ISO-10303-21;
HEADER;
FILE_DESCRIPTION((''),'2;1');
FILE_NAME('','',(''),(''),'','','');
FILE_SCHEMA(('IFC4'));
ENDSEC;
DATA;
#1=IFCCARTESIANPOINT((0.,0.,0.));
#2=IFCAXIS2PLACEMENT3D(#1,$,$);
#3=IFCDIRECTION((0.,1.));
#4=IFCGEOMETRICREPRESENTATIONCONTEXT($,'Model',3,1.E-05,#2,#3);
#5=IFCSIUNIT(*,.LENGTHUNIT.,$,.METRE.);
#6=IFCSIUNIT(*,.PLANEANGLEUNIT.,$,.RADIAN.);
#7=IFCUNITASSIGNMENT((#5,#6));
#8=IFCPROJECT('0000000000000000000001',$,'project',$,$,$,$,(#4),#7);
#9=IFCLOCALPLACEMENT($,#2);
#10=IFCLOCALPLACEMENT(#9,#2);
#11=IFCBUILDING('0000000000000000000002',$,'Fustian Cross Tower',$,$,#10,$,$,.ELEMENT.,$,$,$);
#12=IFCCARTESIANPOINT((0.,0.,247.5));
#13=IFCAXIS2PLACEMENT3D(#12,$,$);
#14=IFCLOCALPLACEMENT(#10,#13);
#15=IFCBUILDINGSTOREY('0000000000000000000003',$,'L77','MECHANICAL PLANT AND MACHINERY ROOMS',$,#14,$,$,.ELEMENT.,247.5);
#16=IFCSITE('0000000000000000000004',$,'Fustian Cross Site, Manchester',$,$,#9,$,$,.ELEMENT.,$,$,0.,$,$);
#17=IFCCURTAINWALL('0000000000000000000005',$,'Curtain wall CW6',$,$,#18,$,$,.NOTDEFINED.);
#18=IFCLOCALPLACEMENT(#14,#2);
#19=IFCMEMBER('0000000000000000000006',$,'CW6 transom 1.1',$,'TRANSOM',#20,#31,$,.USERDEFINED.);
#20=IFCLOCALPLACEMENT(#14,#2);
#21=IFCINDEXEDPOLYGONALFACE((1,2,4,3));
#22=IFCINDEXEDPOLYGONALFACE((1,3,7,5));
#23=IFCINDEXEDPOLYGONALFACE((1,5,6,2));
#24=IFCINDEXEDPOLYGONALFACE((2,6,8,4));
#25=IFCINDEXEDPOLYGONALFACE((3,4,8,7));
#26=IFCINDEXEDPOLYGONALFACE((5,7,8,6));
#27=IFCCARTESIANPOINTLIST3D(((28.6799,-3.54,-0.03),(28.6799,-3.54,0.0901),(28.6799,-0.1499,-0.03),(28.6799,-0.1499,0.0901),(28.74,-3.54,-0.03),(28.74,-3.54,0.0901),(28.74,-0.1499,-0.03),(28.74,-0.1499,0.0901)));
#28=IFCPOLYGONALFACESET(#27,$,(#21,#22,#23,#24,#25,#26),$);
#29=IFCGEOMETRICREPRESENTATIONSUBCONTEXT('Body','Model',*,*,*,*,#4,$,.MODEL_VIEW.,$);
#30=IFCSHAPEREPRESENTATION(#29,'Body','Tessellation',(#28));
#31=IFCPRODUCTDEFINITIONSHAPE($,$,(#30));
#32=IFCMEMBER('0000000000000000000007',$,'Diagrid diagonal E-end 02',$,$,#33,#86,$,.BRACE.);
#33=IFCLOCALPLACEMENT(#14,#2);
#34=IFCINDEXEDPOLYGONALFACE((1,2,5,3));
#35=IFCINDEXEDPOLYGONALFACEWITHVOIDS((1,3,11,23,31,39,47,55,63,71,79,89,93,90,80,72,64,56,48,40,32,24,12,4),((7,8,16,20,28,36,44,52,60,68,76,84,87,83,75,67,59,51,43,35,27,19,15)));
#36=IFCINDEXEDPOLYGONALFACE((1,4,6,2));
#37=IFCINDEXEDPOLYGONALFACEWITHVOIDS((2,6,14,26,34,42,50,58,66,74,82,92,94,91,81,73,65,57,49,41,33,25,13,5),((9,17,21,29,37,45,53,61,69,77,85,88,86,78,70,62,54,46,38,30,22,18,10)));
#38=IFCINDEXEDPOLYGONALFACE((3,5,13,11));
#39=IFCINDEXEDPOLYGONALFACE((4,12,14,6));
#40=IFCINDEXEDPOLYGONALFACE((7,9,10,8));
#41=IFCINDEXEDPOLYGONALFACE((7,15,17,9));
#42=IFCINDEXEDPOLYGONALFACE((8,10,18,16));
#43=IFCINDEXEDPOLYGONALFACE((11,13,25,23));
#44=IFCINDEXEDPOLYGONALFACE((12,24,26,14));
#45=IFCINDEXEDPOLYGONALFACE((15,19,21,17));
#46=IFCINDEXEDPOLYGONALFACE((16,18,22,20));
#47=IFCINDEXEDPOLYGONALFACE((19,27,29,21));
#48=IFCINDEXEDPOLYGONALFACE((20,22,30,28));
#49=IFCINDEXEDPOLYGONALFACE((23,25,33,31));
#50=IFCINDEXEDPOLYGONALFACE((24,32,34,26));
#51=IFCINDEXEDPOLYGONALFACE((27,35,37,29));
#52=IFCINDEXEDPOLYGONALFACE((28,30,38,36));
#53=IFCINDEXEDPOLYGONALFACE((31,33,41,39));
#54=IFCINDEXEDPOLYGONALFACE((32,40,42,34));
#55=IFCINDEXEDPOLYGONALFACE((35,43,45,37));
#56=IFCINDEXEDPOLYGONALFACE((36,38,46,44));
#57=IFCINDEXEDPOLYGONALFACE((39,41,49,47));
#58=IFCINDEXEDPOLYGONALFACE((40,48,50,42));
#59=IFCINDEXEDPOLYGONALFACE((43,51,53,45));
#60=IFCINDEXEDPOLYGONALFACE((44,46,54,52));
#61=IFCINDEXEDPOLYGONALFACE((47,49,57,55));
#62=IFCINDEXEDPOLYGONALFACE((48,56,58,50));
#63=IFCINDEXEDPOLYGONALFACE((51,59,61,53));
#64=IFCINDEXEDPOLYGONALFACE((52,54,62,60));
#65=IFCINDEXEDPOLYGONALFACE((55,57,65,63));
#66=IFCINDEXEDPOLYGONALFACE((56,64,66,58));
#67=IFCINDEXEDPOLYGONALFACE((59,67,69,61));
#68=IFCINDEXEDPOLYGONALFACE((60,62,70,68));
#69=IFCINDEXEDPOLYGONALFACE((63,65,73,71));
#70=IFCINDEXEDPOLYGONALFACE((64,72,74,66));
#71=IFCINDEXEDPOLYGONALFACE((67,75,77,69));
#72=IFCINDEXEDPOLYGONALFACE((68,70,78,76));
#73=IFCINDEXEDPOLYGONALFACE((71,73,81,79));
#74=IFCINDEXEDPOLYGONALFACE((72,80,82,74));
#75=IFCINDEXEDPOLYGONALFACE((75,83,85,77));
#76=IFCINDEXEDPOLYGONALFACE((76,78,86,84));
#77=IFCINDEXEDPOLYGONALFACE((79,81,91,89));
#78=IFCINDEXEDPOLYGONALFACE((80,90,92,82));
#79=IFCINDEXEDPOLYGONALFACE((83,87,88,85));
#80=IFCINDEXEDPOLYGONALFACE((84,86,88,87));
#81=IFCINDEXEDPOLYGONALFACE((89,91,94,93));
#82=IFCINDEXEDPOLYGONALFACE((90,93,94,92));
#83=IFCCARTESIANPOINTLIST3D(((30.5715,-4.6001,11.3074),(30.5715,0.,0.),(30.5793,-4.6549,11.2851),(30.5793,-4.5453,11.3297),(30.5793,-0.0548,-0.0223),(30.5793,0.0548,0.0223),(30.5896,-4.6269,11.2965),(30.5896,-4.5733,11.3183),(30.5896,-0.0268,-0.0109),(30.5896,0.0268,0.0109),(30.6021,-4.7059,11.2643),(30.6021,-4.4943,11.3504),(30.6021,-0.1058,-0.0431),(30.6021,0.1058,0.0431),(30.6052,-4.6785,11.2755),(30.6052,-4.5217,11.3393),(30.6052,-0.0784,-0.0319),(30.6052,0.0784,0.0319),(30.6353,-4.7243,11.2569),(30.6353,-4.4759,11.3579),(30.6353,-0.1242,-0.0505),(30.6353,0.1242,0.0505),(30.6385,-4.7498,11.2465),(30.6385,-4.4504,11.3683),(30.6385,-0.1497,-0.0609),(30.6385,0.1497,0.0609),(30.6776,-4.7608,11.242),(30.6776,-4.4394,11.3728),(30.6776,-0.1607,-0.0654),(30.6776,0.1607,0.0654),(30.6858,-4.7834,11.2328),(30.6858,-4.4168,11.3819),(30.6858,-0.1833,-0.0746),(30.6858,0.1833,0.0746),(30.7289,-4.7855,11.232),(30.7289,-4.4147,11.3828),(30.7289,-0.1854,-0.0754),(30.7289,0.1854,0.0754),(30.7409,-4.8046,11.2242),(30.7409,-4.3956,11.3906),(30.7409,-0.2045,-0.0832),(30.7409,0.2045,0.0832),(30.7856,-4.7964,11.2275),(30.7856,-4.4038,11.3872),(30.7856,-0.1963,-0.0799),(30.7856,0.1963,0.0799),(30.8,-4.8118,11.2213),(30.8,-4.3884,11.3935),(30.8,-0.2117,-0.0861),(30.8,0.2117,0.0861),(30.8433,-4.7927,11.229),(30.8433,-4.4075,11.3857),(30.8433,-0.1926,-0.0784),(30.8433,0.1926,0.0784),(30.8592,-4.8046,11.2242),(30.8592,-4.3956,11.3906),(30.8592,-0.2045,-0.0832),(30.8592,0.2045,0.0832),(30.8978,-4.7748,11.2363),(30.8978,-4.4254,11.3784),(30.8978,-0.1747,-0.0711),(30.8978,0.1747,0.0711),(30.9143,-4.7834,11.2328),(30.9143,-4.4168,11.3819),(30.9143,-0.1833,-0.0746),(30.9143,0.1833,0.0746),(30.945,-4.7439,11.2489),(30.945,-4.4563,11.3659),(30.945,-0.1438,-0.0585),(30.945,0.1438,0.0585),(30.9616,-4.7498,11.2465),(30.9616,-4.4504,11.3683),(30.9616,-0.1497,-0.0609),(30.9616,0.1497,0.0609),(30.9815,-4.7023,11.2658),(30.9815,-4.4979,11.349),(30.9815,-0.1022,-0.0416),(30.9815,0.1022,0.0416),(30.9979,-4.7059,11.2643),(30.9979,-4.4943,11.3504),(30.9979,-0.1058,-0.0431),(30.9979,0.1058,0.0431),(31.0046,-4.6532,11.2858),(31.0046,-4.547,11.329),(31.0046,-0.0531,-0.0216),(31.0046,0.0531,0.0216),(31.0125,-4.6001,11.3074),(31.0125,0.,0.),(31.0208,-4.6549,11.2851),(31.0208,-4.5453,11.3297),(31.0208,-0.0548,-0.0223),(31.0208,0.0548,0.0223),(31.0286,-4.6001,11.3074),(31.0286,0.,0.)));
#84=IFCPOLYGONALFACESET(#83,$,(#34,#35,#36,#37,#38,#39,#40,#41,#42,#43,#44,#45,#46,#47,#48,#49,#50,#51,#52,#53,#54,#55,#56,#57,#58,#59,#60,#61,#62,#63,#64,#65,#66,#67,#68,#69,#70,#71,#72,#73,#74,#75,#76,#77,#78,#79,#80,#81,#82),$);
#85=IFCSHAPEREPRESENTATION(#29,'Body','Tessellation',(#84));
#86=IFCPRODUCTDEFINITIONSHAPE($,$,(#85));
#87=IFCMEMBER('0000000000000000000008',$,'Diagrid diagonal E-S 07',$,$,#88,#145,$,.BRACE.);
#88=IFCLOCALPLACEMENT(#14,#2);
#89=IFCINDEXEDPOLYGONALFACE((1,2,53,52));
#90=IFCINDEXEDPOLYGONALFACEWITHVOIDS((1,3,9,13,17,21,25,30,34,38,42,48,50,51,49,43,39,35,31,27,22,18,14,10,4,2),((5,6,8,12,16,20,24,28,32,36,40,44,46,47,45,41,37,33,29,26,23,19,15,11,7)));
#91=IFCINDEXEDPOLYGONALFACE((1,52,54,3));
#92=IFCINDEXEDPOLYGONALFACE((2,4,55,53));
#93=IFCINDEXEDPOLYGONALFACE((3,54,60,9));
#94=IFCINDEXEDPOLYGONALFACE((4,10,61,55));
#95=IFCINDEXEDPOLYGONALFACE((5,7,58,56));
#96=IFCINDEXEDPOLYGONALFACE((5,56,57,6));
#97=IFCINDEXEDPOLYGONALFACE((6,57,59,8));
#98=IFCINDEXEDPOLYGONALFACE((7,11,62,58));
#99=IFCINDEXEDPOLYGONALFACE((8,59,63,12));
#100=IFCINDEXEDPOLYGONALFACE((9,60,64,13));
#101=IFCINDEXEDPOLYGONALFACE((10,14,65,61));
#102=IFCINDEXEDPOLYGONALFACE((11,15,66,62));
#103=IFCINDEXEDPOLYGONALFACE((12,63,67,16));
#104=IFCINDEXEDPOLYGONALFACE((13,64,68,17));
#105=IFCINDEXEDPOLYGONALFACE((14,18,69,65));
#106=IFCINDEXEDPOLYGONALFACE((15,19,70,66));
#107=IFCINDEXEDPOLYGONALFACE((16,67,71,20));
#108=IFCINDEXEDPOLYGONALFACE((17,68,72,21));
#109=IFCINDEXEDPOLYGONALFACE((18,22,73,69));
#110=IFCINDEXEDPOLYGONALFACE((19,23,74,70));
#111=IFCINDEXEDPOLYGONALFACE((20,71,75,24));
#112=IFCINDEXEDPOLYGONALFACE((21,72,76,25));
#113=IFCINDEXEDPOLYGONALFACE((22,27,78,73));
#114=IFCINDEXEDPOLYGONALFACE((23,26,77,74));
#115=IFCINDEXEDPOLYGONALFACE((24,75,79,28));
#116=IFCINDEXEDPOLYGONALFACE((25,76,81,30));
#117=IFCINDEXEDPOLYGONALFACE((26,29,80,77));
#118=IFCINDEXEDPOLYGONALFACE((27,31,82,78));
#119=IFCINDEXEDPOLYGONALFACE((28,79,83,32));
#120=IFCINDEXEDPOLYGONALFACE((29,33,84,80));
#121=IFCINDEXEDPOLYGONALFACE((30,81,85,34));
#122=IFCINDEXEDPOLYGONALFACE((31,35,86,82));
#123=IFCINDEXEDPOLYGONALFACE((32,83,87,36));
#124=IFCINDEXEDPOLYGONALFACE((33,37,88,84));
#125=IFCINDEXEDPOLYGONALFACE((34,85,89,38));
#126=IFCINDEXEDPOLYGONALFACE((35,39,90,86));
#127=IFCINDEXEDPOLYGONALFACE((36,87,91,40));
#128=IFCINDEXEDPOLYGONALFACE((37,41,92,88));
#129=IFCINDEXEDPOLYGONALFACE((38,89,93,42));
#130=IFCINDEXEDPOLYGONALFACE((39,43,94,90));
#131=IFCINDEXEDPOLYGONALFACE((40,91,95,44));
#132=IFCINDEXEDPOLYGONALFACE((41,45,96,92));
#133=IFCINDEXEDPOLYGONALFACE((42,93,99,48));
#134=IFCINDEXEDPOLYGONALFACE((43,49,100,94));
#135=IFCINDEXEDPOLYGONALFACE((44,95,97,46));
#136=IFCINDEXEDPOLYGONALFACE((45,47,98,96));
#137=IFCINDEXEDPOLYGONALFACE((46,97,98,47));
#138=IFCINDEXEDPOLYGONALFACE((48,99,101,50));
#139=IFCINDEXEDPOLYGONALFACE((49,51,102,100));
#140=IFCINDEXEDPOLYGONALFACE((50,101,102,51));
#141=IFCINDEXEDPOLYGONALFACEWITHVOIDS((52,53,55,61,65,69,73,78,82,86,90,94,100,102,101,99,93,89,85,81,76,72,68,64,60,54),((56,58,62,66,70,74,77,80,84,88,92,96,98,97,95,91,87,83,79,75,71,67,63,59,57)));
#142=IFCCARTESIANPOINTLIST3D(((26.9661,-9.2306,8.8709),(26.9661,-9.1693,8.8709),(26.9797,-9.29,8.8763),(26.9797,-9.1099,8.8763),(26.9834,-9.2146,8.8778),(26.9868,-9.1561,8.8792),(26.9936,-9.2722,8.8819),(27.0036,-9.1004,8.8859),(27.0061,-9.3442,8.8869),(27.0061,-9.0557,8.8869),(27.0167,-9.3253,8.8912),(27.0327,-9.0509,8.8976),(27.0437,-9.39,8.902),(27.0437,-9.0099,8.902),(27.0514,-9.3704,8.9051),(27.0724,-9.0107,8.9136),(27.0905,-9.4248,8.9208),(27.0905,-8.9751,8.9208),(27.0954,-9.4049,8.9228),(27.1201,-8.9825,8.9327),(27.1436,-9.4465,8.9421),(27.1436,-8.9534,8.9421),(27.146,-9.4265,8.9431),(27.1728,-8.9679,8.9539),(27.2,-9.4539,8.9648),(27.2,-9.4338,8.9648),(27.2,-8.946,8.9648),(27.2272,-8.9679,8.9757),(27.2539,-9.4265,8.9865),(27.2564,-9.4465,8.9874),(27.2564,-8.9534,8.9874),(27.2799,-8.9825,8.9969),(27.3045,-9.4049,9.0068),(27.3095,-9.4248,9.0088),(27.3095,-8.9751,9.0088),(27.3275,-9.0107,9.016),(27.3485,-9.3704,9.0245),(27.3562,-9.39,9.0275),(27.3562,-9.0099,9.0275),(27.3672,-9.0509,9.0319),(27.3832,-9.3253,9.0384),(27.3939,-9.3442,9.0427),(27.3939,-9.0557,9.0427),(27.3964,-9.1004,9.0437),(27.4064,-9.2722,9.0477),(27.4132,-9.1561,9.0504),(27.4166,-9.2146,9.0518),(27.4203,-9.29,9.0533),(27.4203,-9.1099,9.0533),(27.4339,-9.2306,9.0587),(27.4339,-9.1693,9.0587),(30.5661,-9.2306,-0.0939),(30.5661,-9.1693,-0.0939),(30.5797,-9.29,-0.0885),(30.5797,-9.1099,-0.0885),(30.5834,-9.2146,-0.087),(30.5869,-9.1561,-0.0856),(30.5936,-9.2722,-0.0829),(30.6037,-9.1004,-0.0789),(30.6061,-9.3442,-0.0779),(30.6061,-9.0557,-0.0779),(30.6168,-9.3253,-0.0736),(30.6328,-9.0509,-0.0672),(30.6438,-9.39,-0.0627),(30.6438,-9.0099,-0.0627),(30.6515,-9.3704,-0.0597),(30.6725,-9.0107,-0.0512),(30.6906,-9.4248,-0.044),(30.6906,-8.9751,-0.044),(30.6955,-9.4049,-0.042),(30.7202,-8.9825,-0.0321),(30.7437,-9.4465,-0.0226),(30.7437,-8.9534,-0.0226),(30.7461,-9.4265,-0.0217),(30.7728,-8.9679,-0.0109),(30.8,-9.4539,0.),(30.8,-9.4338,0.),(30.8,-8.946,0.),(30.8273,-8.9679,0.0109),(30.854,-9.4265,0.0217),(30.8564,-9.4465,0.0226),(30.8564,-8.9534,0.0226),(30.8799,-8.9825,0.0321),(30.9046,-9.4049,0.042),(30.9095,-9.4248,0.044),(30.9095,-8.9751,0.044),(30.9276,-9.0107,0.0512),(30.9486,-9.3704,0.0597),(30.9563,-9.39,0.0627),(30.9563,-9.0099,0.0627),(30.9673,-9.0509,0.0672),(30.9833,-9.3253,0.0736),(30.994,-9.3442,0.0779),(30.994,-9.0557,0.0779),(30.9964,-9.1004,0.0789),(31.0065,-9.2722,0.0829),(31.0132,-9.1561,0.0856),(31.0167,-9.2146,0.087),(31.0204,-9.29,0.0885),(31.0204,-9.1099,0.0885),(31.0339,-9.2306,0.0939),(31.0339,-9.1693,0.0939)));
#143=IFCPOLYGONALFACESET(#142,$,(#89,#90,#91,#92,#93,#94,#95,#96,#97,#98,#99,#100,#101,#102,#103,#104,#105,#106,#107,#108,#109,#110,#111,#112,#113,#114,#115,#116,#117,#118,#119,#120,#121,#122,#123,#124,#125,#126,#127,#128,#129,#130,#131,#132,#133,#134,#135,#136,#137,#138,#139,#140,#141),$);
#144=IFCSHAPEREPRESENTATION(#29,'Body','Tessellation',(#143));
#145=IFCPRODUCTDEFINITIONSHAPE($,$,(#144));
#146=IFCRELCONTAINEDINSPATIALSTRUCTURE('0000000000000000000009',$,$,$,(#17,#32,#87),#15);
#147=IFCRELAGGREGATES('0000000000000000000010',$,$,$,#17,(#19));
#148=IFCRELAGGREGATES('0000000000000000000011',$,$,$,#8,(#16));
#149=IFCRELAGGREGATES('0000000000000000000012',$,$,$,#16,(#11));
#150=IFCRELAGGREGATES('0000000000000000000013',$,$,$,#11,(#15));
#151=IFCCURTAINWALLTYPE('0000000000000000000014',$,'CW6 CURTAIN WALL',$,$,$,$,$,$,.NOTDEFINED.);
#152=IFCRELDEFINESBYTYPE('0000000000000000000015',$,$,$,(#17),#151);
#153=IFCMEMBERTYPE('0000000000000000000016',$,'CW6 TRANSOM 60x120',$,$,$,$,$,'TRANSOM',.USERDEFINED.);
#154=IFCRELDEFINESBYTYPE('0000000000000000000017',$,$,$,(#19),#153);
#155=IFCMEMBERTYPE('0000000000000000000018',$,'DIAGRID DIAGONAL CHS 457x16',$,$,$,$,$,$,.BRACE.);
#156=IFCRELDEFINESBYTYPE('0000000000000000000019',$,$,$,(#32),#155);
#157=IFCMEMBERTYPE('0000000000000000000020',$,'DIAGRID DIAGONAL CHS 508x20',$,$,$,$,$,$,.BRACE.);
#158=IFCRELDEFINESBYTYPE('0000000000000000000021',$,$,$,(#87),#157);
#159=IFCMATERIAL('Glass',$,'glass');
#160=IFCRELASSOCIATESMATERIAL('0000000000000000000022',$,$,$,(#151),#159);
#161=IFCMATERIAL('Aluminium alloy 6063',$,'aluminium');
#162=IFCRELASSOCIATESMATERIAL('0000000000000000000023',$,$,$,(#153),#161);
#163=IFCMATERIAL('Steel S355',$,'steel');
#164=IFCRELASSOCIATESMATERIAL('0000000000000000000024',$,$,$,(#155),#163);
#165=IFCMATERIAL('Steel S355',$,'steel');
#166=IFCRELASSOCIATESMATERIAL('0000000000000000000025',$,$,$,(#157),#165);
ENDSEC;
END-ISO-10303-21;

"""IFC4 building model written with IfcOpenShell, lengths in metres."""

from ifc_helpers import new_model, si_unit, direction, frame, origin, origin_2d, place, context, subcontext, project, spatial, rectangle, hollow_circle, extrude, material, material_profile, profile_set, type_object, element, aggregate, save


model = new_model("IFC4")

# Units and contexts
model_context = context("Model", 3, precision=1e-05, world=origin(), true_north=direction((0.0, 1.0)))
body_context = subcontext(model_context, "Body", "Model", "MODEL_VIEW")
ifc_project = project(units=[si_unit("LENGTHUNIT", "METRE"), si_unit("PLANEANGLEUNIT", "RADIAN")], contexts=[model_context])

# Site, building, storey
site_placement = place(None, origin())
site = spatial("IfcSite", under=ifc_project, at=site_placement, Name="Fustian Cross Site, Manchester", CompositionType="ELEMENT", RefElevation=0.0)
building_placement = place(site_placement, origin())
building = spatial("IfcBuilding", under=site, at=building_placement, Name="Fustian Cross Tower", CompositionType="ELEMENT")
storey_placement = place(building_placement, frame((0.0, 0.0, 247.5)))
storey = spatial("IfcBuildingStorey", under=building, at=storey_placement, Name="L77", Description="MECHANICAL PLANT AND MACHINERY ROOMS", CompositionType="ELEMENT", Elevation=247.5)

# Shared definitions
ifc_material_1 = material(Name="Glass", Category="glass")
curtain_wall_type = type_object("IfcCurtainWallType", Name="CW6 CURTAIN WALL", PredefinedType="NOTDEFINED", material=ifc_material_1)

# Curtain wall
curtain_wall_1_placement = place(storey_placement, origin())
curtain_wall_1 = element("IfcCurtainWall", 1, at=curtain_wall_1_placement, inside=storey, type_object=curtain_wall_type, Name="Curtain wall CW6", PredefinedType="NOTDEFINED")

# Member
ifc_material_2 = material(Name="Aluminium alloy 6063", Category="aluminium")
ifc_material_profile_1 = material_profile(ifc_material_2, rectangle(XDim=0.0601, YDim=0.1201, at=origin_2d()), Name="CW6 TRANSOM 60x120")
ifc_profile_set_1 = profile_set([ifc_material_profile_1], Name="Aluminium alloy 6063")
member_type_1 = type_object("IfcMemberType", Name="CW6 TRANSOM 60x120", ElementType="TRANSOM", PredefinedType="USERDEFINED", material=ifc_profile_set_1)
member_1_placement = place(storey_placement, frame((28.71, -3.54, 0.03), z_axis=(0.0, 1.0, 0.0), x_axis=(-1.0, 0.0, 0.0)))
member_1 = element("IfcMember", 2, at=member_1_placement, type_object=member_type_1, Name="CW6 transom 1.1", ObjectType="TRANSOM", PredefinedType="USERDEFINED", context=body_context, shape_type="SweptSolid", body=[
    extrude(rectangle(XDim=0.0601, YDim=0.1201, at=origin_2d()), origin(), (0.0, 0.0, 1.0), 3.3901),
])

# Members
ifc_material_3 = material(Name="Steel S355", Category="steel")
ifc_material_profile_2 = material_profile(ifc_material_3, hollow_circle(Radius=0.2285, WallThickness=0.0161, at=origin_2d()), Name="CHS 457x16")
ifc_profile_set_2 = profile_set([ifc_material_profile_2], Name="Steel S355")
member_type_2 = type_object("IfcMemberType", Name="DIAGRID DIAGONAL CHS 457x16", PredefinedType="BRACE", material=ifc_profile_set_2)
member_2_placement = place(storey_placement, frame((30.8, 0.0, 0.0), z_axis=(0.0, -0.376832, 0.926281), x_axis=(1.0, 0.0, 0.0)))
element("IfcMember", 3, at=member_2_placement, inside=storey, type_object=member_type_2, Name="Diagrid diagonal E-end 02", PredefinedType="BRACE", context=body_context, shape_type="SweptSolid", body=[
    extrude(hollow_circle(Radius=0.2285, WallThickness=0.0161, at=origin_2d()), origin(), (0.0, 0.0, 1.0), 12.2073),
])
ifc_material_4 = material(Name="Steel S355", Category="steel")
ifc_material_profile_3 = material_profile(ifc_material_4, hollow_circle(Radius=0.2539, WallThickness=0.02, at=origin_2d()), Name="CHS 508x20")
ifc_profile_set_3 = profile_set([ifc_material_profile_3], Name="Steel S355")
member_type_3 = type_object("IfcMemberType", Name="DIAGRID DIAGONAL CHS 508x20", PredefinedType="BRACE", material=ifc_profile_set_3)
member_3_placement = place(storey_placement, frame((30.8, -9.2, 0.0), z_axis=(-0.372654, 0.0, 0.92797), x_axis=(0.0, -1.0, 0.0)))
element("IfcMember", 4, at=member_3_placement, inside=storey, type_object=member_type_3, Name="Diagrid diagonal E-S 07", PredefinedType="BRACE", context=body_context, shape_type="SweptSolid", body=[
    extrude(hollow_circle(Radius=0.2539, WallThickness=0.02, at=origin_2d()), origin(), (0.0, 0.0, 1.0), 9.6606),
])

aggregate(curtain_wall_1, [member_1])

save(model, "model.ifc")
